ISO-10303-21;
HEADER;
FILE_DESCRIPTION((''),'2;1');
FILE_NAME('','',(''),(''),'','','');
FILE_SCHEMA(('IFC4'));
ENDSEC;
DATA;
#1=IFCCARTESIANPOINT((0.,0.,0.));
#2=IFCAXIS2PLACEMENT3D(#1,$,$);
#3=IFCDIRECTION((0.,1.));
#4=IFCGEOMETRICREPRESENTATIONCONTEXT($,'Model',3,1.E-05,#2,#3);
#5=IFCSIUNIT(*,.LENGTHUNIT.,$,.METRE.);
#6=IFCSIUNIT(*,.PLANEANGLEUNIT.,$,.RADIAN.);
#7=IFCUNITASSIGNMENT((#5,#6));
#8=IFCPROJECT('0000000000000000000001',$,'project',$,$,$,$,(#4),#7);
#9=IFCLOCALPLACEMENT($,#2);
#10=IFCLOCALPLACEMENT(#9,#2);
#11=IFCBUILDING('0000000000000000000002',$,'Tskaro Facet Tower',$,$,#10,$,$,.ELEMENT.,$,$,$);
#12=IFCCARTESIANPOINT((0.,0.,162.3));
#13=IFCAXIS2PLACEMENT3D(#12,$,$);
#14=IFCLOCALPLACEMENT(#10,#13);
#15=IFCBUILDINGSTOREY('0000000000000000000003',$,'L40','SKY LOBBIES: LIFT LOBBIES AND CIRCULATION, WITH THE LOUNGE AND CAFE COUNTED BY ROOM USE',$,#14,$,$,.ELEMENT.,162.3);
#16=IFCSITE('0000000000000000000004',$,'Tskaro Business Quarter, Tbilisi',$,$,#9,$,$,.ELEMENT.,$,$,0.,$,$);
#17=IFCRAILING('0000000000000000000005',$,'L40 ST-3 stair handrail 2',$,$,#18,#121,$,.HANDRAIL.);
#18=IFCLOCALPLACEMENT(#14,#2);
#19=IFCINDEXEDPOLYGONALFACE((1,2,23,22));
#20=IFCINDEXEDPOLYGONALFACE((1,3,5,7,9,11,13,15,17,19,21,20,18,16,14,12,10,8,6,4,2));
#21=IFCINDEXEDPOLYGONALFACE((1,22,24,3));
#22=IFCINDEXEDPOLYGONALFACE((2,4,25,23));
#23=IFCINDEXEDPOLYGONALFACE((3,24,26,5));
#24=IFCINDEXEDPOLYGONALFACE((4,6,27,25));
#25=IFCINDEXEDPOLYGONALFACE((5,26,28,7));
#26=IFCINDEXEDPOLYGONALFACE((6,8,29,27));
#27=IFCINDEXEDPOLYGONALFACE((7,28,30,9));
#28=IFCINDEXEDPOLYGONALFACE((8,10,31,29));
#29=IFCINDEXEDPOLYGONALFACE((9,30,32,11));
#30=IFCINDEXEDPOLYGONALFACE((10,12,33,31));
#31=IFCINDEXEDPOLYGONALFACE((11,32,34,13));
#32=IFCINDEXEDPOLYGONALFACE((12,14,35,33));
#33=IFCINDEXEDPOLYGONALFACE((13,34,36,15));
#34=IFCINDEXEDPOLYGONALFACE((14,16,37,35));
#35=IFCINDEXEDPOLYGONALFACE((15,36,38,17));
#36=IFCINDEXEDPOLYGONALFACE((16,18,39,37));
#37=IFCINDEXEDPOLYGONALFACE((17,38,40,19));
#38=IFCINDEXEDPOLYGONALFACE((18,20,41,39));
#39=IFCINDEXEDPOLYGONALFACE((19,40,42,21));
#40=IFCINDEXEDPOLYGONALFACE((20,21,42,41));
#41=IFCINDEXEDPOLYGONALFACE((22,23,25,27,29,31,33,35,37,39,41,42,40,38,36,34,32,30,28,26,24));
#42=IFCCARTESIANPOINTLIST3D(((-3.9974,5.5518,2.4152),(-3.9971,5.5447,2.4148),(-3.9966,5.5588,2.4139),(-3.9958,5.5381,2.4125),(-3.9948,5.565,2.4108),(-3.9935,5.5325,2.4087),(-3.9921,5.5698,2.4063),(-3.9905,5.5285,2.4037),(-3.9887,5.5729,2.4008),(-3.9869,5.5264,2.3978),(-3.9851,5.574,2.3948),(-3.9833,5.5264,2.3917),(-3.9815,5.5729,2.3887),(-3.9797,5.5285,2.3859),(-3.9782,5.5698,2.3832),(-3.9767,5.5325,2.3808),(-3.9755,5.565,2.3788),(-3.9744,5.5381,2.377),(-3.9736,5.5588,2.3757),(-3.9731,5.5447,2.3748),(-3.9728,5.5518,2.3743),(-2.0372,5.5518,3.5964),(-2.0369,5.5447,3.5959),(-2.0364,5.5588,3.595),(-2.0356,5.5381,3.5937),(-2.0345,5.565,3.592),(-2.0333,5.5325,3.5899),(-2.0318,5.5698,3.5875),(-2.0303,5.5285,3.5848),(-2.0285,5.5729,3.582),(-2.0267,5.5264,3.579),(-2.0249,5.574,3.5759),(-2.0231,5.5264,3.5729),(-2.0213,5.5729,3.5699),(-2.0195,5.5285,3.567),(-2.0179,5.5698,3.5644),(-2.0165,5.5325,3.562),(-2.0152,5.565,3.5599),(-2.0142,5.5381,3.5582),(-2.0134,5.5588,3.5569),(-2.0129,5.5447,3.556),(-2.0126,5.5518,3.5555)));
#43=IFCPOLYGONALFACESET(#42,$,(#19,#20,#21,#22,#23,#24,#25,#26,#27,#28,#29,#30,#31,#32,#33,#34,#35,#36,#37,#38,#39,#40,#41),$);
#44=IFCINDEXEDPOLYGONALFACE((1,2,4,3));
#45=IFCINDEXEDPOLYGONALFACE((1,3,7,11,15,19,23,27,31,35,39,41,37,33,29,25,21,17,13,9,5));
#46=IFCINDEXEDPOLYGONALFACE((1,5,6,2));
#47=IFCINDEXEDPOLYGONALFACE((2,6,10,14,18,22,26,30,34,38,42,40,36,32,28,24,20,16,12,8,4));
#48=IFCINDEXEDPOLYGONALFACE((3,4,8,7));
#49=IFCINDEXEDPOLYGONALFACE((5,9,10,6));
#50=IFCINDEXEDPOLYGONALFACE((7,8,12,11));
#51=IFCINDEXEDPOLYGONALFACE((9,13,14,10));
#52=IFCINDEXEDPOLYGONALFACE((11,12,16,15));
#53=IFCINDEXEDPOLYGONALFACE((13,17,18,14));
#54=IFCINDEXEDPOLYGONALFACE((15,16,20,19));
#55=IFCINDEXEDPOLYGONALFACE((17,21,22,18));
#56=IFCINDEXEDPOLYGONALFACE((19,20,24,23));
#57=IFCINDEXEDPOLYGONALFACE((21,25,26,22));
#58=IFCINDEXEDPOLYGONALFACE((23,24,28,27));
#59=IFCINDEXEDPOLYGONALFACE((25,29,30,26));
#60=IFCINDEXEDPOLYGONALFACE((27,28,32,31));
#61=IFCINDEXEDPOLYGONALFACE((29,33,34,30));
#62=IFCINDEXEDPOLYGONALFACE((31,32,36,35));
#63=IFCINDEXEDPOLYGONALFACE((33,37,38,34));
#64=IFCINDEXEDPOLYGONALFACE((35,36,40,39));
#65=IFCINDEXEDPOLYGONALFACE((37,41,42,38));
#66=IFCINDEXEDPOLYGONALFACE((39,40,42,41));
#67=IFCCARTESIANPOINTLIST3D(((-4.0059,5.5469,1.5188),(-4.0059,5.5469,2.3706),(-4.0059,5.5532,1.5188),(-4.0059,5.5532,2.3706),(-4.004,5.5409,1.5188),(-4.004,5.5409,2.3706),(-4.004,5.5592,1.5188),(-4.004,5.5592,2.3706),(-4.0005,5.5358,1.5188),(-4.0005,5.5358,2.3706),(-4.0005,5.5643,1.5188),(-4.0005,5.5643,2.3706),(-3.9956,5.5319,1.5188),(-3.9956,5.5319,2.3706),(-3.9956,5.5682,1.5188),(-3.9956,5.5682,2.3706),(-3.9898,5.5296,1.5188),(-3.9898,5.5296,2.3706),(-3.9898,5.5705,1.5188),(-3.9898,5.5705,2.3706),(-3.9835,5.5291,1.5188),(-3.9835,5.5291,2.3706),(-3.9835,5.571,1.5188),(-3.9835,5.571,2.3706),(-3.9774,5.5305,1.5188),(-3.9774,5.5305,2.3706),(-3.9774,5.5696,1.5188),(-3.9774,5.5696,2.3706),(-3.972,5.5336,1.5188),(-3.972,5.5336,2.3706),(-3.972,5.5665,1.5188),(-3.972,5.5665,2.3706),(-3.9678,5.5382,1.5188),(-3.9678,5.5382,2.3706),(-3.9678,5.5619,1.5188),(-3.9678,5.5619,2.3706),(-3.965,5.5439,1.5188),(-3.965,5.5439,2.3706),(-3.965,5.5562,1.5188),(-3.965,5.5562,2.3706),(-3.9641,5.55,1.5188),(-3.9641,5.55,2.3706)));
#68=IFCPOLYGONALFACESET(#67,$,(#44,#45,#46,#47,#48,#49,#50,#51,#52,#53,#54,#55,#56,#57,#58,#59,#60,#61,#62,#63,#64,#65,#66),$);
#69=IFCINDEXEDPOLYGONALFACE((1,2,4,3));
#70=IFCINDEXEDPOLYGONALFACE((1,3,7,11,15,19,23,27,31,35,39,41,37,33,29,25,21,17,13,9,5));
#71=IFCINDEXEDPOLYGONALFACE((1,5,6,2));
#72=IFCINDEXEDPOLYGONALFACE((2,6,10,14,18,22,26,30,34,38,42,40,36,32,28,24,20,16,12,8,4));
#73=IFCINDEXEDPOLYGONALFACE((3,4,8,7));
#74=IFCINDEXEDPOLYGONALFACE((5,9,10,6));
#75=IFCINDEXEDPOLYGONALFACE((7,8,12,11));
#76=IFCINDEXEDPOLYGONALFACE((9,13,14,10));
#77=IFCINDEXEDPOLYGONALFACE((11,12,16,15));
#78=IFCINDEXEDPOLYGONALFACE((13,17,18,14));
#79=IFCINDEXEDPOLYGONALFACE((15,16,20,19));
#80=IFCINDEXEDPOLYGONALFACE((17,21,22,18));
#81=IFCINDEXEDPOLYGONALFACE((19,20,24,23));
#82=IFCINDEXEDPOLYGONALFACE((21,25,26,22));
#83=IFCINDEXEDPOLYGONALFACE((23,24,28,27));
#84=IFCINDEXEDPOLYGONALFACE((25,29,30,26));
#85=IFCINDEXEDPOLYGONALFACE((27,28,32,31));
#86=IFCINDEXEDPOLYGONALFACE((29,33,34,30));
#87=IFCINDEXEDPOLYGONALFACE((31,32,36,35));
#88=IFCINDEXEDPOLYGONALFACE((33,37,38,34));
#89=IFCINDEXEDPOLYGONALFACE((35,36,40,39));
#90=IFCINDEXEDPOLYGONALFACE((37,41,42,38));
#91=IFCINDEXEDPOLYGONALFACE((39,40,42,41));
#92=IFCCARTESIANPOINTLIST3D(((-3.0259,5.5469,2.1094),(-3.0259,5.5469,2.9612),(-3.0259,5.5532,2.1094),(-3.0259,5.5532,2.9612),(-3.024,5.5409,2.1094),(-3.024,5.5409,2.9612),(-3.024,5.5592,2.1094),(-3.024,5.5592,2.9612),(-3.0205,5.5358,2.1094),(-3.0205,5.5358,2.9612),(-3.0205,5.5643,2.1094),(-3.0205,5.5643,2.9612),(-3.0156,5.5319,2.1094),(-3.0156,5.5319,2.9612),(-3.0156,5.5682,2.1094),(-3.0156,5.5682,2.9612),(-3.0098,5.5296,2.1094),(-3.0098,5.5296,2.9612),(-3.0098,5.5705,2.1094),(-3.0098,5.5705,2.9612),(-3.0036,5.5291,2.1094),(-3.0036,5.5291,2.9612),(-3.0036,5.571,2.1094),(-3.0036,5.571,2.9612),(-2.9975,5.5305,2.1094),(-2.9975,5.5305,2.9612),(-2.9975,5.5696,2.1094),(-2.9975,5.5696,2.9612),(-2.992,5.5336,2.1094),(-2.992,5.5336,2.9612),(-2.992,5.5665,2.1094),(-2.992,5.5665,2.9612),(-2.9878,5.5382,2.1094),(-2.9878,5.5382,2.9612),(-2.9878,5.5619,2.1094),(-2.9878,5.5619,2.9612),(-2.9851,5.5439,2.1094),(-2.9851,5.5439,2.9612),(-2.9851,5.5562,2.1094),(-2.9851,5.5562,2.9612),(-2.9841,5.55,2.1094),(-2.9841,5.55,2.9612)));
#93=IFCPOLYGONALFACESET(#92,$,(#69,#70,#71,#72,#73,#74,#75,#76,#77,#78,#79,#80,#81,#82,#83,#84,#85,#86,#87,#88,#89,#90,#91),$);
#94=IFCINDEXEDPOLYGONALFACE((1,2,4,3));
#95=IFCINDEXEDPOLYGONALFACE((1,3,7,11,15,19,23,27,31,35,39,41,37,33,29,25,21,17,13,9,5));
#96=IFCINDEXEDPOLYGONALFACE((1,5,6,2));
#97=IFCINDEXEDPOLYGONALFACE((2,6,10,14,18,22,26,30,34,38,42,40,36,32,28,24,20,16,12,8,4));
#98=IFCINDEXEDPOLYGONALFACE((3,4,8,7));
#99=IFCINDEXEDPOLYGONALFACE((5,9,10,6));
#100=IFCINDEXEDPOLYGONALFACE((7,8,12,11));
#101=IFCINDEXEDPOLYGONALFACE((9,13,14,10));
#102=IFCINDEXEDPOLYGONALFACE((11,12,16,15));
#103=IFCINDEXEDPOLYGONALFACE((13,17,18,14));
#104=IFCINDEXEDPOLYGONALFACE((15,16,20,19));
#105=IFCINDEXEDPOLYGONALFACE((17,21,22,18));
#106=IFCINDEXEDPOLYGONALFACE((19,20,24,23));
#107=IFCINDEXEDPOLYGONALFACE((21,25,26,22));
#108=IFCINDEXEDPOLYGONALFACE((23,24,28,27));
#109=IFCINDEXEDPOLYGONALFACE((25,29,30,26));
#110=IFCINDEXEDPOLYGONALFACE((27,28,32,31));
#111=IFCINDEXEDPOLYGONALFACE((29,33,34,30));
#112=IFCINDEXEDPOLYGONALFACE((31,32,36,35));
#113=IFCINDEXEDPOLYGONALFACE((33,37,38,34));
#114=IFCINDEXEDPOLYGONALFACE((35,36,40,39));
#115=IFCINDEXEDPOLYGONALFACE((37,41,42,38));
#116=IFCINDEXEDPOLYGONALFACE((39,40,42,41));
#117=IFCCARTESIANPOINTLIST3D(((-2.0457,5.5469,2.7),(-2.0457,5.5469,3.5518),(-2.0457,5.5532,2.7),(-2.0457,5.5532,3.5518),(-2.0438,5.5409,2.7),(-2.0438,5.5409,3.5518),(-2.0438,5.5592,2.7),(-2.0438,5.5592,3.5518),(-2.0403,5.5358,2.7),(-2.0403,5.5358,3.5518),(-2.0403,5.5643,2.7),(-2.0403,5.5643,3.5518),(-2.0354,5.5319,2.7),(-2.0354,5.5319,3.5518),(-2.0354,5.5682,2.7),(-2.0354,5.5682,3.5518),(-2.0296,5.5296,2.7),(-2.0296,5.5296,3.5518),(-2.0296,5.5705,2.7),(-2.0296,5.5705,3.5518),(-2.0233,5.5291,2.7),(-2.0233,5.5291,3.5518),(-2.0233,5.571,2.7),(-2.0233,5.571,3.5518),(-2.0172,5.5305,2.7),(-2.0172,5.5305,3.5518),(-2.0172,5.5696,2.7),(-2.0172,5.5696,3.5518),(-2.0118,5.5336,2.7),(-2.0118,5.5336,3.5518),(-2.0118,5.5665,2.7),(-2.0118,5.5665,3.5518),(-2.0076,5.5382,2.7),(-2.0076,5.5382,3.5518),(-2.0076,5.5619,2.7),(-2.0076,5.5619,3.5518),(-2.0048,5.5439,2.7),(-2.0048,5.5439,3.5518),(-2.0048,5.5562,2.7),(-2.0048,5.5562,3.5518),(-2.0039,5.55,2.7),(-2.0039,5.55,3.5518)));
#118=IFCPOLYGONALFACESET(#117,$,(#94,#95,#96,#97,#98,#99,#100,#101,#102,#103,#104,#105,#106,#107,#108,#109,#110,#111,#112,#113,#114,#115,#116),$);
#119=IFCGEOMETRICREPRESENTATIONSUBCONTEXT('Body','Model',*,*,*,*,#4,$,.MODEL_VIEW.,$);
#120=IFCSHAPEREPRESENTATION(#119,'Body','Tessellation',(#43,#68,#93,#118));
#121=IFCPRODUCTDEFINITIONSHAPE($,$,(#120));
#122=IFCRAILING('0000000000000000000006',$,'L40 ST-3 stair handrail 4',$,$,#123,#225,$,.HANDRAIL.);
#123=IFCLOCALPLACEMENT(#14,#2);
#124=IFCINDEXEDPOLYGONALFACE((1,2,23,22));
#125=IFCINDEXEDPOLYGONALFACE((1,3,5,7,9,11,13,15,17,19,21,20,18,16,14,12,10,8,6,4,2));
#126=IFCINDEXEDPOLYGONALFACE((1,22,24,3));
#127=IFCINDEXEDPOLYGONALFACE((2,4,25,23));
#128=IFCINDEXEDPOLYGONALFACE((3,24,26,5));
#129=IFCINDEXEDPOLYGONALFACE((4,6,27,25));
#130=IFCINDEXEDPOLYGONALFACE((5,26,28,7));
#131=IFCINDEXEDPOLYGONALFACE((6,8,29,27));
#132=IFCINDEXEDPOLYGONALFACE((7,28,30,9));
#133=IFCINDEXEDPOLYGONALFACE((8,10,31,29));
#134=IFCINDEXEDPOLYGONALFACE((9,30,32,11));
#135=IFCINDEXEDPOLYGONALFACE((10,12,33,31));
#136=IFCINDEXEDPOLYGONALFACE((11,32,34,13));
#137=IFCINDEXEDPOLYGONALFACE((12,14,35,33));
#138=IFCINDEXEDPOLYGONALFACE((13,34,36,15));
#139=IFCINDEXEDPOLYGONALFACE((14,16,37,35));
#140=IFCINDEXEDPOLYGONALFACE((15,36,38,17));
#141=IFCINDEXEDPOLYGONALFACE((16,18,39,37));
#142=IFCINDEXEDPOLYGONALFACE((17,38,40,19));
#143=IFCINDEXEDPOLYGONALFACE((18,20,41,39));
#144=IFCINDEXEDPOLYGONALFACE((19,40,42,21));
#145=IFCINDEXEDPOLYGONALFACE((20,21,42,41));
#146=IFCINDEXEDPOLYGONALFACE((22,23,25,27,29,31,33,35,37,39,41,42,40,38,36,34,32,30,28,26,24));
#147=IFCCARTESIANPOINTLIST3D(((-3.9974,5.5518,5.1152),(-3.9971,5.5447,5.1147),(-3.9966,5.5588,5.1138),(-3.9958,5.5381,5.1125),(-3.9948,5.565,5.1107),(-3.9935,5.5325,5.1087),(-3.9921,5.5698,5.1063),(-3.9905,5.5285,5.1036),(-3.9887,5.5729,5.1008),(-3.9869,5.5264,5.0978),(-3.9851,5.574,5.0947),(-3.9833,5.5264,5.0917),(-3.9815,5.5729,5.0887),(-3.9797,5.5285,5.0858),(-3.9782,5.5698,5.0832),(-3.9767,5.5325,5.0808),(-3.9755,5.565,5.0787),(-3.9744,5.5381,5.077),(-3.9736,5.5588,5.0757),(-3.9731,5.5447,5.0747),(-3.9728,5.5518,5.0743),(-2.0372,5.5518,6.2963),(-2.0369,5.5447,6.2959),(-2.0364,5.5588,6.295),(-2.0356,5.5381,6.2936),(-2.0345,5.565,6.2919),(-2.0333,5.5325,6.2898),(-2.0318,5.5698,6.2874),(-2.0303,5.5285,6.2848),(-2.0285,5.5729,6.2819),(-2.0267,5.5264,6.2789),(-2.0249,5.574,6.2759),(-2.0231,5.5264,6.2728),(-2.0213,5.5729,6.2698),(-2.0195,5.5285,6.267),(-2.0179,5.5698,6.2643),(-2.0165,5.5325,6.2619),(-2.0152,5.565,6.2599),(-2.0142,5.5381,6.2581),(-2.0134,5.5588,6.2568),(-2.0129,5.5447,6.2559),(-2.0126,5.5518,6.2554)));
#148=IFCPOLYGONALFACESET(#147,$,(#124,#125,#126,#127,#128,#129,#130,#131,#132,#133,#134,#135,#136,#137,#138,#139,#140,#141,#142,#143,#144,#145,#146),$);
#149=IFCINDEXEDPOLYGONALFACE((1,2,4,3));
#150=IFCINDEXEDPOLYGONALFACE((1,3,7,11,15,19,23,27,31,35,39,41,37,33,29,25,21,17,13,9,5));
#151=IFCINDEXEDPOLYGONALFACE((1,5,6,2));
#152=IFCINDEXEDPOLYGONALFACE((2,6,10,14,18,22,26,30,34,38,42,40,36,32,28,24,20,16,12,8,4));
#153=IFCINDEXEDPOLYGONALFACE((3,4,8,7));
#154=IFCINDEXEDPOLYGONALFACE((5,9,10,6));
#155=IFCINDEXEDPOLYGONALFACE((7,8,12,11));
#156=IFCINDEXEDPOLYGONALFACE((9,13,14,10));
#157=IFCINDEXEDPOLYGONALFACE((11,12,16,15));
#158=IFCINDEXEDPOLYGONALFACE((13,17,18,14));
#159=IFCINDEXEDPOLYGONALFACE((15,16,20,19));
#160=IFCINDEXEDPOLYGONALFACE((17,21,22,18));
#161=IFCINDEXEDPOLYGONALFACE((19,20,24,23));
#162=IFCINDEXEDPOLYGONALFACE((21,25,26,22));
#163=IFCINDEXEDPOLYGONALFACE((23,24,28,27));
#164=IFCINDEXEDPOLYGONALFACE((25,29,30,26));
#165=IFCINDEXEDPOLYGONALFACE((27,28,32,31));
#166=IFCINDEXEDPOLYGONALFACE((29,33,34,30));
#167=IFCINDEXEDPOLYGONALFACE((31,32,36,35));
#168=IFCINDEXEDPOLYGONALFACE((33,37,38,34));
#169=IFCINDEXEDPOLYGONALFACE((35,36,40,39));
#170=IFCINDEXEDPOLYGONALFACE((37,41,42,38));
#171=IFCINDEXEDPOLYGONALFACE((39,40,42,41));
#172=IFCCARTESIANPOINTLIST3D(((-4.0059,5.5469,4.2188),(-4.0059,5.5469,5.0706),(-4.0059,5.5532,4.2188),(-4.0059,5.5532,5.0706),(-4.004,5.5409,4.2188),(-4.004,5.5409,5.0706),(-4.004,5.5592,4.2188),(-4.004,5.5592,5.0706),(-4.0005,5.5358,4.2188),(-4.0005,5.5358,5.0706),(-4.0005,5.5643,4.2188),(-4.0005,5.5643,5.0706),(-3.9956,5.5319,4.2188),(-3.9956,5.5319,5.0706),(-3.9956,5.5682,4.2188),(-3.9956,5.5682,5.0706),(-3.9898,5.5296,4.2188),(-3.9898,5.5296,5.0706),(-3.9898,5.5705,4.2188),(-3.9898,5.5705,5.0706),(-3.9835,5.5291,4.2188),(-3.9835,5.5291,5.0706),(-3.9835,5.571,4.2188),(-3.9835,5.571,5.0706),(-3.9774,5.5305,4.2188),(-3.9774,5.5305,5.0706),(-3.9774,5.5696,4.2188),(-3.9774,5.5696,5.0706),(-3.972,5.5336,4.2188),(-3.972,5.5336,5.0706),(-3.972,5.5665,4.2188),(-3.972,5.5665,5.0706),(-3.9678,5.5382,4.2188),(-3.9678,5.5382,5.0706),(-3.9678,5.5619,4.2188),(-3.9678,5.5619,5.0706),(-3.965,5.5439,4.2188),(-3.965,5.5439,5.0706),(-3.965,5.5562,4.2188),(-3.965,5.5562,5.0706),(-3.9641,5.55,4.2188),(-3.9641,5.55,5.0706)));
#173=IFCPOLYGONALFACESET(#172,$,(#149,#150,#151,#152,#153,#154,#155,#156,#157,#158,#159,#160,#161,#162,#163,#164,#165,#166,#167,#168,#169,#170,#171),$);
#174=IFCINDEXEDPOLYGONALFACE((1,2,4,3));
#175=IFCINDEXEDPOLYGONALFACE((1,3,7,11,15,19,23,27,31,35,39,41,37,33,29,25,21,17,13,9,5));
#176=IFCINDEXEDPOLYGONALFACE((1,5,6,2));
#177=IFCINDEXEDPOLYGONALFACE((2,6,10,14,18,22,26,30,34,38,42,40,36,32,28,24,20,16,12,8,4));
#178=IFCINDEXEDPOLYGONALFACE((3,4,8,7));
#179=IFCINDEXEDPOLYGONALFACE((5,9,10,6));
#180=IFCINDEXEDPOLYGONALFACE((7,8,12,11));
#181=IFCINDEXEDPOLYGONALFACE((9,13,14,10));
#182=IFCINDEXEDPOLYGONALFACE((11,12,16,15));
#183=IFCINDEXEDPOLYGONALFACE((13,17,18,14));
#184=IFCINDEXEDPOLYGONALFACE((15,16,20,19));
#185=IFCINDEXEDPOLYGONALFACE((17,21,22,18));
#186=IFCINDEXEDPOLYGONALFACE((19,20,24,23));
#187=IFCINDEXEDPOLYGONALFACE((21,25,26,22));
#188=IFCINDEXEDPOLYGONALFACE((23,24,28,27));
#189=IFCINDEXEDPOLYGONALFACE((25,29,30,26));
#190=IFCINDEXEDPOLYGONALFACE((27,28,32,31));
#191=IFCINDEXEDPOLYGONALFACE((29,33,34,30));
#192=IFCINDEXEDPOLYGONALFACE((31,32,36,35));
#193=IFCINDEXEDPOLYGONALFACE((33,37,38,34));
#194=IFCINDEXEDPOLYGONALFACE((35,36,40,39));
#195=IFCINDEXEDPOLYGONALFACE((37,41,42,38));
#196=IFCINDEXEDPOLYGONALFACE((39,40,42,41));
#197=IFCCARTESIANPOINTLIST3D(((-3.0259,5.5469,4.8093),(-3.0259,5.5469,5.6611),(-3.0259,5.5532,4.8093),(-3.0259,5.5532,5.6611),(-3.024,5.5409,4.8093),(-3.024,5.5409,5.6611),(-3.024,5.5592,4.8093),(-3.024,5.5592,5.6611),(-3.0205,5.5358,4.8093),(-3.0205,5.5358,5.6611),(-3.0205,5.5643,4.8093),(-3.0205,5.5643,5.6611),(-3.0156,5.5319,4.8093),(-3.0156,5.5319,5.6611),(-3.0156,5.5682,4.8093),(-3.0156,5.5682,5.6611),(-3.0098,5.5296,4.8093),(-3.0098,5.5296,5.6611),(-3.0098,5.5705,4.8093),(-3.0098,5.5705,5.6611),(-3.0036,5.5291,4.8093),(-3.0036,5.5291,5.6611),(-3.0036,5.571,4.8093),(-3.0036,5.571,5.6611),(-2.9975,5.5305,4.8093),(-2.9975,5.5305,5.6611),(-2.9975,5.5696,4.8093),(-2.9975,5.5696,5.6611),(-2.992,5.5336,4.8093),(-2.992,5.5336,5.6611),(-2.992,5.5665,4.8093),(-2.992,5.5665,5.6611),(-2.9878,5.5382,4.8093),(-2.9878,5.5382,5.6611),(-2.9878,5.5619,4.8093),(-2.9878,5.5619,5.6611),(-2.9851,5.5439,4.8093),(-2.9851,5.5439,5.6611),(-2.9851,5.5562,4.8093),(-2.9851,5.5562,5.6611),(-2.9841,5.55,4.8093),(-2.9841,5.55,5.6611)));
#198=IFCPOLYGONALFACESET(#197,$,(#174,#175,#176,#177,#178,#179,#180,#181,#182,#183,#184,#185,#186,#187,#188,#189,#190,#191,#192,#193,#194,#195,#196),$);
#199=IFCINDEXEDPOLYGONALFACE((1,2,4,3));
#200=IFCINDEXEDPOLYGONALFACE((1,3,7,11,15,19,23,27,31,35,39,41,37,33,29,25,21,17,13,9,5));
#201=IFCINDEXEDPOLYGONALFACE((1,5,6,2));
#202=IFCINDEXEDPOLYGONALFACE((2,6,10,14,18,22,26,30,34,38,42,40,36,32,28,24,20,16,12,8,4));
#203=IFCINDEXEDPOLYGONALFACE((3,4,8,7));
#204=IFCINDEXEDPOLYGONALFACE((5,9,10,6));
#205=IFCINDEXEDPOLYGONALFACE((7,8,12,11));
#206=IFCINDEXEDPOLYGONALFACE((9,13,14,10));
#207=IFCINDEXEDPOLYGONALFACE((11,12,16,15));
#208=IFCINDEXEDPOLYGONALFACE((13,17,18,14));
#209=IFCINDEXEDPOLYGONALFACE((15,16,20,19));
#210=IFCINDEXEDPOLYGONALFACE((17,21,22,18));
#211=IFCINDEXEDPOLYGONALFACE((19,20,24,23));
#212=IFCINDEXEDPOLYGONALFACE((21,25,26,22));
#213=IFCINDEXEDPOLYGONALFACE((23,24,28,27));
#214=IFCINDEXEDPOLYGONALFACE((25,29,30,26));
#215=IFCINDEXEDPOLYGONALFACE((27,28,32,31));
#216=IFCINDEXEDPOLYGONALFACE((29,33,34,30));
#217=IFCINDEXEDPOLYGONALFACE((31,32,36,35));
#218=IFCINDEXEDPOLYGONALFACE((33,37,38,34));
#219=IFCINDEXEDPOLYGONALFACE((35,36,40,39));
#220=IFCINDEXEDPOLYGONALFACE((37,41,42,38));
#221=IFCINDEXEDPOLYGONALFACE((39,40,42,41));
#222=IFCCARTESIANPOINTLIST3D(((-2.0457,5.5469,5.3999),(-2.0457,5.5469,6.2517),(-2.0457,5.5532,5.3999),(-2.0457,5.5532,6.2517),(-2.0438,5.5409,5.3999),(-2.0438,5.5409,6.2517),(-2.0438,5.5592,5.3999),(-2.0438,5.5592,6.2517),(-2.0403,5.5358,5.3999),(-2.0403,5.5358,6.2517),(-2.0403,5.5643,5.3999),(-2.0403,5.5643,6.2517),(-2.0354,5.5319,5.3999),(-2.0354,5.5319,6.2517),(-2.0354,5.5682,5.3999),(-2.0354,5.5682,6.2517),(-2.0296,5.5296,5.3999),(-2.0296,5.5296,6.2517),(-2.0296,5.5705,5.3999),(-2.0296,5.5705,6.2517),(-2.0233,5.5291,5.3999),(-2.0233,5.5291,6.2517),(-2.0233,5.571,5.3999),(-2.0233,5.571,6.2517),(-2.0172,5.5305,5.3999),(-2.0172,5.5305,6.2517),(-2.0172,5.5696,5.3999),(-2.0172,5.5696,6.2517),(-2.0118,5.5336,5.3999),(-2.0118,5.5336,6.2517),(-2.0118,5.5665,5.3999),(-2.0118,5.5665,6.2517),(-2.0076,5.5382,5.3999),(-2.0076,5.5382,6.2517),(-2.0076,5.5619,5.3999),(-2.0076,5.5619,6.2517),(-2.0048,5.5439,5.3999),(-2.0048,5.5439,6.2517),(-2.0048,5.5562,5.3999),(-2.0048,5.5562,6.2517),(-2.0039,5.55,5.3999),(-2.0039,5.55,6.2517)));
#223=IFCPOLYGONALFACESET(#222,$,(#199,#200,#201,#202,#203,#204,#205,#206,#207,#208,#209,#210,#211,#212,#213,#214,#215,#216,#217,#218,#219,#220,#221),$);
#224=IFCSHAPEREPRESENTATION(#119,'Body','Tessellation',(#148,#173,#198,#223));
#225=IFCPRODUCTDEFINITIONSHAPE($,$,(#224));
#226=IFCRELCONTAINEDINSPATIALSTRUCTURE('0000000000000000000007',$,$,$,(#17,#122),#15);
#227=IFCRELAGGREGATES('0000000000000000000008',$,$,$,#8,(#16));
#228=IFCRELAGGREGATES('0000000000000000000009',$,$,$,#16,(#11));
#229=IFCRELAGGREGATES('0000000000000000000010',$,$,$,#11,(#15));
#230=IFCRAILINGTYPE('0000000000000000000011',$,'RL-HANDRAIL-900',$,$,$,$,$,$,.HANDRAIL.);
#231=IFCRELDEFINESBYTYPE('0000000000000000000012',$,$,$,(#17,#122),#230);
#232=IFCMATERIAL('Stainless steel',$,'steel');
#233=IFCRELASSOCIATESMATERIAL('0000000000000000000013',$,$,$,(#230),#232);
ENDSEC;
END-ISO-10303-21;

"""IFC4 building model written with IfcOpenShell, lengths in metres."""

from ifc_helpers import new_model, si_unit, direction, frame, origin, origin_2d, place, context, subcontext, project, spatial, circle, extrude, material, type_object, element, save


model = new_model("IFC4")

# Units and contexts
model_context = context("Model", 3, precision=1e-05, world=origin(), true_north=direction((0.0, 1.0)))
body_context = subcontext(model_context, "Body", "Model", "MODEL_VIEW")
ifc_project = project(units=[si_unit("LENGTHUNIT", "METRE"), si_unit("PLANEANGLEUNIT", "RADIAN")], contexts=[model_context])

# Site, building, storey
site_placement = place(None, origin())
site = spatial("IfcSite", under=ifc_project, at=site_placement, Name="Tskaro Business Quarter, Tbilisi", CompositionType="ELEMENT", RefElevation=0.0)
building_placement = place(site_placement, origin())
building = spatial("IfcBuilding", under=site, at=building_placement, Name="Tskaro Facet Tower", CompositionType="ELEMENT")
storey_placement = place(building_placement, frame((0.0, 0.0, 162.3)))
storey = spatial("IfcBuildingStorey", under=building, at=storey_placement, Name="L40", Description="SKY LOBBIES: LIFT LOBBIES AND CIRCULATION, WITH THE LOUNGE AND CAFE COUNTED BY ROOM USE", CompositionType="ELEMENT", Elevation=162.3)

# Railings
ifc_material_1 = material(Name="Stainless steel", Category="steel")
railing_type_1 = type_object("IfcRailingType", Name="RL-HANDRAIL-900", PredefinedType="HANDRAIL", material=ifc_material_1)
for number, where, name in (
    (1, (-3.9851, 5.55, 1.5188), "L40 ST-3 stair handrail 2"),
    (2, (-3.9851, 5.55, 4.2188), "L40 ST-3 stair handrail 4"),
):
    element("IfcRailing", number, at=place(storey_placement, frame(where)), inside=storey, type_object=railing_type_1, Name=name, PredefinedType="HANDRAIL", context=body_context, shape_type="SweptSolid", body=[
        extrude(circle(Radius=0.0239, at=origin_2d()), frame((0.0, 0.0, 0.876), z_axis=(0.856522, 0.0, 0.516111), x_axis=(0.0, 1.0, 0.0)), (0.0, 0.0, 1.0), 2.2886),
        extrude(circle(Radius=0.021, at=origin_2d()), origin(), (0.0, 0.0, 1.0), 0.8518),
        extrude(circle(Radius=0.021, at=origin_2d()), frame((0.98, 0.0, 0.5906)), (0.0, 0.0, 1.0), 0.8518),
        extrude(circle(Radius=0.021, at=origin_2d()), frame((1.9602, 0.0, 1.1812)), (0.0, 0.0, 1.0), 0.8518),
    ])

save(model, "model.ifc")
